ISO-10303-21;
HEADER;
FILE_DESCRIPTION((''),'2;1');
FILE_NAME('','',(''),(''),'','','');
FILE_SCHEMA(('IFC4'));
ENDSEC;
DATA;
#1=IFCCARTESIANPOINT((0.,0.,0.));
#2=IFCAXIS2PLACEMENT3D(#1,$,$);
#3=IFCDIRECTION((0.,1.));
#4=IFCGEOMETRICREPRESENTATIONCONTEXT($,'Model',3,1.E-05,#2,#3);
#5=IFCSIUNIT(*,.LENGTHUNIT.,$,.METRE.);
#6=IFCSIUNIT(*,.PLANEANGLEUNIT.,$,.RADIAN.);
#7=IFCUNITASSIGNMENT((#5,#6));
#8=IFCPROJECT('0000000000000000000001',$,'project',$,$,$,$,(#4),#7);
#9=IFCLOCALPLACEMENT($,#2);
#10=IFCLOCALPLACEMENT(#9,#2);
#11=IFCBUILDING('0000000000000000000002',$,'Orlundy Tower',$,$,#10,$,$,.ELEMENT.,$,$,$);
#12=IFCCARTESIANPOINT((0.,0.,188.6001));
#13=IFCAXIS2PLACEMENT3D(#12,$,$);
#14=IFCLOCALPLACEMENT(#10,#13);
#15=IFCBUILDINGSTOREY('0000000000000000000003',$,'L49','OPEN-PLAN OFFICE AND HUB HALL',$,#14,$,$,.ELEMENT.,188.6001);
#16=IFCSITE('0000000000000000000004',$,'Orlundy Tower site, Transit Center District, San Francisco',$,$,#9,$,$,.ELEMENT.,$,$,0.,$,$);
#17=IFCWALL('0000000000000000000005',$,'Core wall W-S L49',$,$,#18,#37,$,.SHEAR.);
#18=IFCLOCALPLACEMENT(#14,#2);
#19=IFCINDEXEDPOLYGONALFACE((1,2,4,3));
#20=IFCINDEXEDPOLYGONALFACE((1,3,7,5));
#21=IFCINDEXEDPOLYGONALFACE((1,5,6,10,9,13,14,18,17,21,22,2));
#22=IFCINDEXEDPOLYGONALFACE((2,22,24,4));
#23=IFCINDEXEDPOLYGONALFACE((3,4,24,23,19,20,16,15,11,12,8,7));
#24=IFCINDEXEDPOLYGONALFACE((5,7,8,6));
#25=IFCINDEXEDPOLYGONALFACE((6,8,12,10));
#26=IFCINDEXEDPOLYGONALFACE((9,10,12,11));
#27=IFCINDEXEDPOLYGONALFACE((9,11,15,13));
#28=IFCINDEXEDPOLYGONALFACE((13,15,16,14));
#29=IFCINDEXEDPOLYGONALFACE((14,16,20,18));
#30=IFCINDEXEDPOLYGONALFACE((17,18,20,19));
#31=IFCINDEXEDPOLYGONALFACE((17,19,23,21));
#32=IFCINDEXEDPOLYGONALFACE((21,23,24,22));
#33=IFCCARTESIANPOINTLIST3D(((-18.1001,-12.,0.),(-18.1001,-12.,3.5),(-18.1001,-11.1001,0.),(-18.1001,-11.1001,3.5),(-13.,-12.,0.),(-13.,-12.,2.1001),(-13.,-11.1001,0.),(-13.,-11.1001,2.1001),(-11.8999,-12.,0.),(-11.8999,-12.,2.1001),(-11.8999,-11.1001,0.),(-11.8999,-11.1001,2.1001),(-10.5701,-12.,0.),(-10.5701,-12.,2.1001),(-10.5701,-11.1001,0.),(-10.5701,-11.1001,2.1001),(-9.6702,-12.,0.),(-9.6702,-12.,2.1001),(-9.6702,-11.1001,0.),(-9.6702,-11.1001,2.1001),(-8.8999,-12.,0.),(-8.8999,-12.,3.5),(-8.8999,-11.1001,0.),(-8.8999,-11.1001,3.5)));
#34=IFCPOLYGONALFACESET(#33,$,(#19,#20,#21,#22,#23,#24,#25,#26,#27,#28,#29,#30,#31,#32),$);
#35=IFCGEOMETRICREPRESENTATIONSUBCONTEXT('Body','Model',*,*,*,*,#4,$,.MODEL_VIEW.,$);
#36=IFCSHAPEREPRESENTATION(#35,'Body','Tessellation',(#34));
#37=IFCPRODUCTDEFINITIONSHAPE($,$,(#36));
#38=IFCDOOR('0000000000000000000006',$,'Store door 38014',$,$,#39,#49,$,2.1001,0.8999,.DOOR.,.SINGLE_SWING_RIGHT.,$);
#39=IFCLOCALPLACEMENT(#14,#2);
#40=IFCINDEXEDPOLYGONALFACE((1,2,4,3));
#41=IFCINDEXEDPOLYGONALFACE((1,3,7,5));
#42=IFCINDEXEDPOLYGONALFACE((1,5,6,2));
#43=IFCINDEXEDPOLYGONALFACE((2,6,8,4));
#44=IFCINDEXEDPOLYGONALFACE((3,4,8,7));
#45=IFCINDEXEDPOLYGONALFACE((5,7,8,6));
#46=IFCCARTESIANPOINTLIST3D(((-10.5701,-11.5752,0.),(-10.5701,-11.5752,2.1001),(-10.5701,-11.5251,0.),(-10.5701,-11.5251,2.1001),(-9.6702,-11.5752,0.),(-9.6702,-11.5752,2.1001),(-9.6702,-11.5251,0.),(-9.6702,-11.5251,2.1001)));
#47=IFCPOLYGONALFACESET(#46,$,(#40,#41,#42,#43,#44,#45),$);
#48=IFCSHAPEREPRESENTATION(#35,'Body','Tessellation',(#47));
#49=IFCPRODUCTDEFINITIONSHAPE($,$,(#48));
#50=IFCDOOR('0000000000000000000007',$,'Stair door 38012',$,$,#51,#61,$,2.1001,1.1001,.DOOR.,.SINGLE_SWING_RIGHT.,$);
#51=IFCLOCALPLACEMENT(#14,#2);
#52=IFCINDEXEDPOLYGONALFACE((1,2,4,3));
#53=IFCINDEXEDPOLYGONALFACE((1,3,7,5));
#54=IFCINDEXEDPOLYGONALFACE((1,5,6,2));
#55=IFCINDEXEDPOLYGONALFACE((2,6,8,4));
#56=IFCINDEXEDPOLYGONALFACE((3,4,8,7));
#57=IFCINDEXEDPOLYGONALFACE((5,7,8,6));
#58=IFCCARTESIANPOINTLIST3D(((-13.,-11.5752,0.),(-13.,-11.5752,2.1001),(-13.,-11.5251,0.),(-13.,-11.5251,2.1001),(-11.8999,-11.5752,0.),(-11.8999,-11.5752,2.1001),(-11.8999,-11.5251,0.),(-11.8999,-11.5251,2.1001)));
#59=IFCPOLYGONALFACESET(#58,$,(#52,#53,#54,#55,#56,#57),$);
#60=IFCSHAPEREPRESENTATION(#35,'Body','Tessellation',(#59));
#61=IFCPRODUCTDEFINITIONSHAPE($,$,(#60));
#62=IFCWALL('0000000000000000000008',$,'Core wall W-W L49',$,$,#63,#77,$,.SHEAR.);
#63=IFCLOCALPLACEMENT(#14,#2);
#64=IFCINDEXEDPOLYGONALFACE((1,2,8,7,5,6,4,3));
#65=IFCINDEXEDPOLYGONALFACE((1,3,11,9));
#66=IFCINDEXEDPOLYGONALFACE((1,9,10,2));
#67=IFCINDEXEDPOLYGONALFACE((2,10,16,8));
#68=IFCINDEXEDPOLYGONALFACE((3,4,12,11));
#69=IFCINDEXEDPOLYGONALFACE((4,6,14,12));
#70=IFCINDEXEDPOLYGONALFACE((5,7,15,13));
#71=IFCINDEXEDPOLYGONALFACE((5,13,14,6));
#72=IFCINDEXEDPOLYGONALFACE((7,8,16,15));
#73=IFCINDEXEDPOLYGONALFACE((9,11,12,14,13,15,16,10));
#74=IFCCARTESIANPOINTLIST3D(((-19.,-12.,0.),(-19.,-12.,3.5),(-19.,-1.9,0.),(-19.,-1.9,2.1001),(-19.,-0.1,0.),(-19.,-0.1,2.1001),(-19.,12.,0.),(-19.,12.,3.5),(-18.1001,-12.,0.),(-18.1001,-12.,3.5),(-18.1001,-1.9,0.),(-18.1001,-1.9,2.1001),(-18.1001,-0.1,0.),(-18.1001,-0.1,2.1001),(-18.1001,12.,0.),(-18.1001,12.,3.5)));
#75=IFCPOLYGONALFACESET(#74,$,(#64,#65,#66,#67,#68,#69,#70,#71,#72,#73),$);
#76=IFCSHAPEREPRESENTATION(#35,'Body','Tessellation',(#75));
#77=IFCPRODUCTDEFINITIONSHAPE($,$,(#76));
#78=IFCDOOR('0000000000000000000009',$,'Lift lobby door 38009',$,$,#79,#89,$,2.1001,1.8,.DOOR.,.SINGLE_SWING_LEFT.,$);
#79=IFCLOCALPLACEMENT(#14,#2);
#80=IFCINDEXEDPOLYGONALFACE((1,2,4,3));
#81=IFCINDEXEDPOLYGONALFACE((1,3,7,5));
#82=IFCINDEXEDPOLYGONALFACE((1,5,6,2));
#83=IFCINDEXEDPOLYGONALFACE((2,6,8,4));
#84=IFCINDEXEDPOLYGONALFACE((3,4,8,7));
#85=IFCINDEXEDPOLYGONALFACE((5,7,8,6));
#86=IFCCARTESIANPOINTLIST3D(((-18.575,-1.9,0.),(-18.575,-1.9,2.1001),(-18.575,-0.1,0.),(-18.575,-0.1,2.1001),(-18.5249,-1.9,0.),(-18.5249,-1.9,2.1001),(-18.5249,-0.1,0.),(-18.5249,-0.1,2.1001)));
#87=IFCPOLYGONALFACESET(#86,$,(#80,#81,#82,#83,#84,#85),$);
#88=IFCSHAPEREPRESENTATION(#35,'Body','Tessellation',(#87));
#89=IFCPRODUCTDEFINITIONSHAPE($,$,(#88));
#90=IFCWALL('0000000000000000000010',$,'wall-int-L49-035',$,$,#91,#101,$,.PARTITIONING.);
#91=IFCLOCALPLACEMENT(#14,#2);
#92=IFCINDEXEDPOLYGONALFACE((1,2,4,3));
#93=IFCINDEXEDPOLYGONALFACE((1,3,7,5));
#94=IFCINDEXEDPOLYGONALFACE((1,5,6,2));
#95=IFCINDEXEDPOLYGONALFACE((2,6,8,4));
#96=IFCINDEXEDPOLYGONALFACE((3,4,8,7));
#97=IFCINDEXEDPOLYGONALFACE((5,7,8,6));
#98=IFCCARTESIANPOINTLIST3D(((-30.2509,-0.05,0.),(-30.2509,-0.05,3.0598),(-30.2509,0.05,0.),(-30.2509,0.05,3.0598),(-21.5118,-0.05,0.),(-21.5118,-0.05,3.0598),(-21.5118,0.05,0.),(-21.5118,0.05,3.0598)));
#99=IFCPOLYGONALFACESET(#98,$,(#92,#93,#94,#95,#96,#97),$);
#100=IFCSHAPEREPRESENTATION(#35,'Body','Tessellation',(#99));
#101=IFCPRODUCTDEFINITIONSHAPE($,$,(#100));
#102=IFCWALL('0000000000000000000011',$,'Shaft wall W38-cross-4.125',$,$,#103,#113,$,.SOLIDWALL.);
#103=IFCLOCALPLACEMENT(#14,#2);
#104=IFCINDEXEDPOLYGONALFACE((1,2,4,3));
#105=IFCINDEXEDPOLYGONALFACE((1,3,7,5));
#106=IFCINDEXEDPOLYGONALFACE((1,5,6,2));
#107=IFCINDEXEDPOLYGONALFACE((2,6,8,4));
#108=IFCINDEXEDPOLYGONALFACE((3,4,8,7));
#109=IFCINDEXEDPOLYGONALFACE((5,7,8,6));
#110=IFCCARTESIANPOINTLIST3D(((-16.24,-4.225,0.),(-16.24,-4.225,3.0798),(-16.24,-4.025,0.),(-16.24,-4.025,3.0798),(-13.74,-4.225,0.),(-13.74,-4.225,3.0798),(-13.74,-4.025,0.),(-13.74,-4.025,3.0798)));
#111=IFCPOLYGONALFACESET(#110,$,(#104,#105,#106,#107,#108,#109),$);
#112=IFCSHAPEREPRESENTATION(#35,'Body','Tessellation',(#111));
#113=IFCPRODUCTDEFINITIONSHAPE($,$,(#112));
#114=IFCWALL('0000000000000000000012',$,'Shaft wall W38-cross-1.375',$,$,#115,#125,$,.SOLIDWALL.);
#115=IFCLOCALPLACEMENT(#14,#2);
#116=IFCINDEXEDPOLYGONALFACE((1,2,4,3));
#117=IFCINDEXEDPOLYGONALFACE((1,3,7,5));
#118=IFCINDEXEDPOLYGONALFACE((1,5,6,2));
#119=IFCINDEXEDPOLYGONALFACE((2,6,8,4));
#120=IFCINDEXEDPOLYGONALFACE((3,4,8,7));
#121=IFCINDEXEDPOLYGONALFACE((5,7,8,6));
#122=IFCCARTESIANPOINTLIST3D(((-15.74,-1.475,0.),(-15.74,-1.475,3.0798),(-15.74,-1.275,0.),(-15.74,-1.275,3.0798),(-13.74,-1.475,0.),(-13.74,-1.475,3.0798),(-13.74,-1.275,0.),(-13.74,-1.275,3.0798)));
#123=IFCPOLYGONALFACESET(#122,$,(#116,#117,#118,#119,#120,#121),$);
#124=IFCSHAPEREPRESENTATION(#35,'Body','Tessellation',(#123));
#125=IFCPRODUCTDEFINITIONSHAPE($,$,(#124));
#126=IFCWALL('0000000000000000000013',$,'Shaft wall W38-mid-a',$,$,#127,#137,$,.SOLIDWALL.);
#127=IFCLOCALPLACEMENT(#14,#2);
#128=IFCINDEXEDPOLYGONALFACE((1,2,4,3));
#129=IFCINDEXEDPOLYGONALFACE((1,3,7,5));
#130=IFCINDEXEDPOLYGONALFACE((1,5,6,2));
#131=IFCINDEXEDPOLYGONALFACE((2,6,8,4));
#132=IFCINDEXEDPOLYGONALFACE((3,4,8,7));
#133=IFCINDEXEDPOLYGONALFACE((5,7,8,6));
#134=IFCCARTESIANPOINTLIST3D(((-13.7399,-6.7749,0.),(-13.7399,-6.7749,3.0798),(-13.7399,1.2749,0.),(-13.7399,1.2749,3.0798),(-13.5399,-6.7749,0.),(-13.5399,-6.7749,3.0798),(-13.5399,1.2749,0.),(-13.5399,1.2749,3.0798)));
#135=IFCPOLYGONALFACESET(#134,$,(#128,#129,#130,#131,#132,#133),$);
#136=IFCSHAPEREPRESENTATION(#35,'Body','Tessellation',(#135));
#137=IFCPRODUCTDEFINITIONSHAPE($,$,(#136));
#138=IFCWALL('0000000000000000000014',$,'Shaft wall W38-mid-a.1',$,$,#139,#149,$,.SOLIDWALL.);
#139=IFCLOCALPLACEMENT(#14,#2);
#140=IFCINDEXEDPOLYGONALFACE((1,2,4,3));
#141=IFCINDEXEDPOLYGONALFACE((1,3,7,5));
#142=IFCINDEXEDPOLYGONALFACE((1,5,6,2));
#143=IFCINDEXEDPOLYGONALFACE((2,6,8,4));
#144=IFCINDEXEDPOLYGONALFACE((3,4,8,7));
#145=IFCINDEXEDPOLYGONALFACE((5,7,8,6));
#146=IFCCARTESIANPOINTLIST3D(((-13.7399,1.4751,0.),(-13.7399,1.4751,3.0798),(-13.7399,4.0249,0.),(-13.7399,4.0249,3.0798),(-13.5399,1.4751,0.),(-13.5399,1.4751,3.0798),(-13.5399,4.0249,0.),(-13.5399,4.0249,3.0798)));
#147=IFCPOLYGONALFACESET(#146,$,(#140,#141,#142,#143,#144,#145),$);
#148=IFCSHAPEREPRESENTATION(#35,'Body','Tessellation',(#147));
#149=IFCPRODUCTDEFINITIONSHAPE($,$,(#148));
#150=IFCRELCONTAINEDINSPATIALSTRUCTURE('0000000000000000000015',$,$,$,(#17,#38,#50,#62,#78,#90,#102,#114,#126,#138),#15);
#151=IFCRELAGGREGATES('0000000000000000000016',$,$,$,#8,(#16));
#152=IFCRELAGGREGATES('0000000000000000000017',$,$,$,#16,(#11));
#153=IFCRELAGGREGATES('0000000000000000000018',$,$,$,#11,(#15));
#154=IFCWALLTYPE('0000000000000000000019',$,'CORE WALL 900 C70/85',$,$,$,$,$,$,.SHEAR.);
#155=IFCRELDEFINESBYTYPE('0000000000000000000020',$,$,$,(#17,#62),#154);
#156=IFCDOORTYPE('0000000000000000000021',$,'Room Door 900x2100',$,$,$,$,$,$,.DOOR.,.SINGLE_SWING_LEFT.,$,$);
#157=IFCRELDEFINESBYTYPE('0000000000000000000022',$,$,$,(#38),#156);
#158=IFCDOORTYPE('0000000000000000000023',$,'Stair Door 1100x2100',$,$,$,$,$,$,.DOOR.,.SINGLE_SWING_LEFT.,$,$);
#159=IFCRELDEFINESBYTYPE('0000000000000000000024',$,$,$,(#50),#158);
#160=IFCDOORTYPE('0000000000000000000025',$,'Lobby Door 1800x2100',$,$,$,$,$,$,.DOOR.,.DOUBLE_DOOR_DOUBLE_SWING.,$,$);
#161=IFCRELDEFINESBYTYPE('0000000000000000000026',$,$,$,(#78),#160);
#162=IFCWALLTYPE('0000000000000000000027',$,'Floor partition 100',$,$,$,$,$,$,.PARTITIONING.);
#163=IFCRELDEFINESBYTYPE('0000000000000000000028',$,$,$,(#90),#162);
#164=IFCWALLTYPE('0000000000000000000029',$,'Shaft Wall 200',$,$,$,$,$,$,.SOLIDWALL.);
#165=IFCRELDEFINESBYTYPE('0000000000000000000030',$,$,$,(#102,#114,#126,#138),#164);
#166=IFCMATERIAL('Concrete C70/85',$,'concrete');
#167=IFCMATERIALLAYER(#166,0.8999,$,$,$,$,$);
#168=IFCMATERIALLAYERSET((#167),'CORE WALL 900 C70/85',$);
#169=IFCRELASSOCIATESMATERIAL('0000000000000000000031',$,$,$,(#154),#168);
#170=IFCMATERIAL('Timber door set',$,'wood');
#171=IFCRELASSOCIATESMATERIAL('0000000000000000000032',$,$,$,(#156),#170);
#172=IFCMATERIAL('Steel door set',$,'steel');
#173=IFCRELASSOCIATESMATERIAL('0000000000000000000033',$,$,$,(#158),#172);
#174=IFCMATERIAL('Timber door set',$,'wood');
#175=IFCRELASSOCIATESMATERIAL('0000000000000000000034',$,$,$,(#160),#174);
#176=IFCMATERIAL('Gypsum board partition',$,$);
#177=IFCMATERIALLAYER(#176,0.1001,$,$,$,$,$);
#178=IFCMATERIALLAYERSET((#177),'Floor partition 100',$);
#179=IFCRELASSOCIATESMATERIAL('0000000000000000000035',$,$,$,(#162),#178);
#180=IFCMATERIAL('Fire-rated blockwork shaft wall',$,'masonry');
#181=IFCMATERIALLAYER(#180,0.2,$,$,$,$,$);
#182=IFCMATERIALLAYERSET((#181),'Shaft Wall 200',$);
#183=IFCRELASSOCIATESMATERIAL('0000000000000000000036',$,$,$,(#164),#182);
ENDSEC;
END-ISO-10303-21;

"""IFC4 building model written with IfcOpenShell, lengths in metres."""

from ifc_helpers import new_model, si_unit, direction, frame, frame_2d, origin, place, context, subcontext, project, spatial, rectangle, extrude, material, layer, layer_set, type_object, element, fill, save


model = new_model("IFC4")

# Units and contexts
model_context = context("Model", 3, precision=1e-05, world=origin(), true_north=direction((0.0, 1.0)))
body_context = subcontext(model_context, "Body", "Model", "MODEL_VIEW")
ifc_project = project(units=[si_unit("LENGTHUNIT", "METRE"), si_unit("PLANEANGLEUNIT", "RADIAN")], contexts=[model_context])

# Site, building, storey
site_placement = place(None, origin())
site = spatial("IfcSite", under=ifc_project, at=site_placement, Name="Orlundy Tower site, Transit Center District, San Francisco", CompositionType="ELEMENT", RefElevation=0.0)
building_placement = place(site_placement, origin())
building = spatial("IfcBuilding", under=site, at=building_placement, Name="Orlundy Tower", CompositionType="ELEMENT")
storey_placement = place(building_placement, frame((0.0, 0.0, 188.6001)))
storey = spatial("IfcBuildingStorey", under=building, at=storey_placement, Name="L49", Description="OPEN-PLAN OFFICE AND HUB HALL", CompositionType="ELEMENT", Elevation=188.6001)

# Wall, openings, doors
ifc_material_1 = material(Name="Concrete C70/85", Category="concrete")
ifc_layer_1 = layer(ifc_material_1, 0.8999)
ifc_layer_set_1 = layer_set([ifc_layer_1], Name="CORE WALL 900 C70/85")
wall_type_1 = type_object("IfcWallType", Name="CORE WALL 900 C70/85", PredefinedType="SHEAR", material=ifc_layer_set_1)
wall_1_placement = place(storey_placement, frame((-18.1001, -11.55, 0.0), z_axis=(0.0, 0.0, 1.0), x_axis=(1.0, 0.0, 0.0)))
wall_1 = element("IfcWall", 1, at=wall_1_placement, inside=storey, type_object=wall_type_1, Name="Core wall W-S L49", PredefinedType="SHEAR", context=body_context, shape_type="SweptSolid", body=[
    extrude(rectangle(XDim=9.2002, YDim=0.8999, at=frame_2d((4.6001, 0.0))), origin(), (0.0, 0.0, 1.0), 3.5),
])
opening_1_placement = place(wall_1_placement, frame((5.1001, 0.0, 0.0)))
opening_1 = element("IfcOpeningElement", 2, at=opening_1_placement, cuts=wall_1, PredefinedType="OPENING", context=body_context, shape_type="SweptSolid", body=[
    extrude(rectangle(XDim=1.1001, YDim=2.1001, at=frame_2d((0.55, 1.05))), frame((0.0, 0.46, 0.0), z_axis=(0.0, -1.0, 0.0), x_axis=(1.0, 0.0, 0.0)), (0.0, 0.0, 1.0), 0.9199),
])
opening_2_placement = place(wall_1_placement, frame((7.53, 0.0, 0.0)))
opening_2 = element("IfcOpeningElement", 3, at=opening_2_placement, cuts=wall_1, PredefinedType="OPENING", context=body_context, shape_type="SweptSolid", body=[
    extrude(rectangle(XDim=0.8999, YDim=2.1001, at=frame_2d((0.45, 1.05))), frame((0.0, 0.46, 0.0), z_axis=(0.0, -1.0, 0.0), x_axis=(1.0, 0.0, 0.0)), (0.0, 0.0, 1.0), 0.9199),
])
ifc_material_2 = material(Name="Timber door set", Category="wood")
door_type_1 = type_object("IfcDoorType", Name="Room Door 900x2100", OperationType="SINGLE_SWING_LEFT", PredefinedType="DOOR", material=ifc_material_2)
door_1_placement = place(opening_2_placement, origin())
door_1 = element("IfcDoor", 4, at=door_1_placement, inside=storey, type_object=door_type_1, Name="Store door 38014", OperationType="SINGLE_SWING_RIGHT", OverallHeight=2.1001, OverallWidth=0.8999, PredefinedType="DOOR", context=body_context, shape_type="SweptSolid", body=[
    extrude(rectangle(XDim=0.8999, YDim=2.1001, at=frame_2d((0.45, 1.05))), frame((0.0, 0.0249, 0.0), z_axis=(0.0, -1.0, 0.0), x_axis=(1.0, 0.0, 0.0)), (0.0, 0.0, 1.0), 0.05),
])
fill(opening_2, door_1)
ifc_material_3 = material(Name="Steel door set", Category="steel")
door_type_2 = type_object("IfcDoorType", Name="Stair Door 1100x2100", OperationType="SINGLE_SWING_LEFT", PredefinedType="DOOR", material=ifc_material_3)
door_2_placement = place(opening_1_placement, origin())
door_2 = element("IfcDoor", 5, at=door_2_placement, inside=storey, type_object=door_type_2, Name="Stair door 38012", OperationType="SINGLE_SWING_RIGHT", OverallHeight=2.1001, OverallWidth=1.1001, PredefinedType="DOOR", context=body_context, shape_type="SweptSolid", body=[
    extrude(rectangle(XDim=1.1001, YDim=2.1001, at=frame_2d((0.55, 1.05))), frame((0.0, 0.0249, 0.0), z_axis=(0.0, -1.0, 0.0), x_axis=(1.0, 0.0, 0.0)), (0.0, 0.0, 1.0), 0.05),
])
fill(opening_1, door_2)

# Wall, opening, door
wall_2_placement = place(storey_placement, frame((-18.55, -12.0, 0.0), z_axis=(0.0, 0.0, 1.0), x_axis=(0.0, 1.0, 0.0)))
wall_2 = element("IfcWall", 6, at=wall_2_placement, inside=storey, type_object=wall_type_1, Name="Core wall W-W L49", PredefinedType="SHEAR", context=body_context, shape_type="SweptSolid", body=[
    extrude(rectangle(XDim=24.0, YDim=0.8999, at=frame_2d((12.0, 0.0))), origin(), (0.0, 0.0, 1.0), 3.5),
])
opening_3_placement = place(wall_2_placement, frame((10.1001, 0.0, 0.0)))
opening_3 = element("IfcOpeningElement", 7, at=opening_3_placement, cuts=wall_2, PredefinedType="OPENING", context=body_context, shape_type="SweptSolid", body=[
    extrude(rectangle(XDim=1.8, YDim=2.1001, at=frame_2d((0.8999, 1.05))), frame((0.0, 0.46, 0.0), z_axis=(0.0, -1.0, 0.0), x_axis=(1.0, 0.0, 0.0)), (0.0, 0.0, 1.0), 0.9199),
])
ifc_material_4 = material(Name="Timber door set", Category="wood")
door_type_3 = type_object("IfcDoorType", Name="Lobby Door 1800x2100", OperationType="DOUBLE_DOOR_DOUBLE_SWING", PredefinedType="DOOR", material=ifc_material_4)
door_3_placement = place(opening_3_placement, origin())
door_3 = element("IfcDoor", 8, at=door_3_placement, inside=storey, type_object=door_type_3, Name="Lift lobby door 38009", OperationType="SINGLE_SWING_LEFT", OverallHeight=2.1001, OverallWidth=1.8, PredefinedType="DOOR", context=body_context, shape_type="SweptSolid", body=[
    extrude(rectangle(XDim=1.8, YDim=2.1001, at=frame_2d((0.8999, 1.05))), frame((0.0, 0.0249, 0.0), z_axis=(0.0, -1.0, 0.0), x_axis=(1.0, 0.0, 0.0)), (0.0, 0.0, 1.0), 0.05),
])
fill(opening_3, door_3)

# Walls
ifc_material_5 = material(Name="Gypsum board partition")
ifc_layer_2 = layer(ifc_material_5, 0.1001)
ifc_layer_set_2 = layer_set([ifc_layer_2], Name="Floor partition 100")
wall_type_2 = type_object("IfcWallType", Name="Floor partition 100", PredefinedType="PARTITIONING", material=ifc_layer_set_2)
wall_3_placement = place(storey_placement, frame((-30.251, 0.0, 0.0), z_axis=(0.0, 0.0, 1.0), x_axis=(1.0, 0.0, 0.0)))
element("IfcWall", 9, at=wall_3_placement, inside=storey, type_object=wall_type_2, Name="wall-int-L49-035", PredefinedType="PARTITIONING", context=body_context, shape_type="SweptSolid", body=[
    extrude(rectangle(XDim=8.739, YDim=0.1001, at=frame_2d((4.3696, 0.0))), origin(), (0.0, 0.0, 1.0), 3.0598),
])
ifc_material_6 = material(Name="Fire-rated blockwork shaft wall", Category="masonry")
ifc_layer_3 = layer(ifc_material_6, 0.2)
ifc_layer_set_3 = layer_set([ifc_layer_3], Name="Shaft Wall 200")
wall_type_3 = type_object("IfcWallType", Name="Shaft Wall 200", PredefinedType="SOLIDWALL", material=ifc_layer_set_3)
wall_4_placement = place(storey_placement, frame((-13.74, -4.125, 0.0), z_axis=(0.0, 0.0, 1.0), x_axis=(-1.0, 0.0, 0.0)))
element("IfcWall", 10, at=wall_4_placement, inside=storey, type_object=wall_type_3, Name="Shaft wall W38-cross-4.125", PredefinedType="SOLIDWALL", context=body_context, shape_type="SweptSolid", body=[
    extrude(rectangle(XDim=2.5, YDim=0.2, at=frame_2d((1.25, 0.0))), origin(), (0.0, 0.0, 1.0), 3.0798),
])
wall_5_placement = place(storey_placement, frame((-13.74, -1.375, 0.0), z_axis=(0.0, 0.0, 1.0), x_axis=(-1.0, 0.0, 0.0)))
element("IfcWall", 11, at=wall_5_placement, inside=storey, type_object=wall_type_3, Name="Shaft wall W38-cross-1.375", PredefinedType="SOLIDWALL", context=body_context, shape_type="SweptSolid", body=[
    extrude(rectangle(XDim=2.0, YDim=0.2, at=frame_2d((1.0, 0.0))), origin(), (0.0, 0.0, 1.0), 3.0798),
])
wall_6_placement = place(storey_placement, frame((-13.6399, -6.7749, 0.0), z_axis=(0.0, 0.0, 1.0), x_axis=(0.0, 1.0, 0.0)))
element("IfcWall", 12, at=wall_6_placement, inside=storey, type_object=wall_type_3, Name="Shaft wall W38-mid-a", PredefinedType="SOLIDWALL", context=body_context, shape_type="SweptSolid", body=[
    extrude(rectangle(XDim=8.0498, YDim=0.2, at=frame_2d((4.0249, 0.0))), origin(), (0.0, 0.0, 1.0), 3.0798),
])
wall_7_placement = place(storey_placement, frame((-13.6399, 1.4751, 0.0), z_axis=(0.0, 0.0, 1.0), x_axis=(0.0, 1.0, 0.0)))
element("IfcWall", 13, at=wall_7_placement, inside=storey, type_object=wall_type_3, Name="Shaft wall W38-mid-a.1", PredefinedType="SOLIDWALL", context=body_context, shape_type="SweptSolid", body=[
    extrude(rectangle(XDim=2.5498, YDim=0.2, at=frame_2d((1.2749, 0.0))), origin(), (0.0, 0.0, 1.0), 3.0798),
])

save(model, "model.ifc")
